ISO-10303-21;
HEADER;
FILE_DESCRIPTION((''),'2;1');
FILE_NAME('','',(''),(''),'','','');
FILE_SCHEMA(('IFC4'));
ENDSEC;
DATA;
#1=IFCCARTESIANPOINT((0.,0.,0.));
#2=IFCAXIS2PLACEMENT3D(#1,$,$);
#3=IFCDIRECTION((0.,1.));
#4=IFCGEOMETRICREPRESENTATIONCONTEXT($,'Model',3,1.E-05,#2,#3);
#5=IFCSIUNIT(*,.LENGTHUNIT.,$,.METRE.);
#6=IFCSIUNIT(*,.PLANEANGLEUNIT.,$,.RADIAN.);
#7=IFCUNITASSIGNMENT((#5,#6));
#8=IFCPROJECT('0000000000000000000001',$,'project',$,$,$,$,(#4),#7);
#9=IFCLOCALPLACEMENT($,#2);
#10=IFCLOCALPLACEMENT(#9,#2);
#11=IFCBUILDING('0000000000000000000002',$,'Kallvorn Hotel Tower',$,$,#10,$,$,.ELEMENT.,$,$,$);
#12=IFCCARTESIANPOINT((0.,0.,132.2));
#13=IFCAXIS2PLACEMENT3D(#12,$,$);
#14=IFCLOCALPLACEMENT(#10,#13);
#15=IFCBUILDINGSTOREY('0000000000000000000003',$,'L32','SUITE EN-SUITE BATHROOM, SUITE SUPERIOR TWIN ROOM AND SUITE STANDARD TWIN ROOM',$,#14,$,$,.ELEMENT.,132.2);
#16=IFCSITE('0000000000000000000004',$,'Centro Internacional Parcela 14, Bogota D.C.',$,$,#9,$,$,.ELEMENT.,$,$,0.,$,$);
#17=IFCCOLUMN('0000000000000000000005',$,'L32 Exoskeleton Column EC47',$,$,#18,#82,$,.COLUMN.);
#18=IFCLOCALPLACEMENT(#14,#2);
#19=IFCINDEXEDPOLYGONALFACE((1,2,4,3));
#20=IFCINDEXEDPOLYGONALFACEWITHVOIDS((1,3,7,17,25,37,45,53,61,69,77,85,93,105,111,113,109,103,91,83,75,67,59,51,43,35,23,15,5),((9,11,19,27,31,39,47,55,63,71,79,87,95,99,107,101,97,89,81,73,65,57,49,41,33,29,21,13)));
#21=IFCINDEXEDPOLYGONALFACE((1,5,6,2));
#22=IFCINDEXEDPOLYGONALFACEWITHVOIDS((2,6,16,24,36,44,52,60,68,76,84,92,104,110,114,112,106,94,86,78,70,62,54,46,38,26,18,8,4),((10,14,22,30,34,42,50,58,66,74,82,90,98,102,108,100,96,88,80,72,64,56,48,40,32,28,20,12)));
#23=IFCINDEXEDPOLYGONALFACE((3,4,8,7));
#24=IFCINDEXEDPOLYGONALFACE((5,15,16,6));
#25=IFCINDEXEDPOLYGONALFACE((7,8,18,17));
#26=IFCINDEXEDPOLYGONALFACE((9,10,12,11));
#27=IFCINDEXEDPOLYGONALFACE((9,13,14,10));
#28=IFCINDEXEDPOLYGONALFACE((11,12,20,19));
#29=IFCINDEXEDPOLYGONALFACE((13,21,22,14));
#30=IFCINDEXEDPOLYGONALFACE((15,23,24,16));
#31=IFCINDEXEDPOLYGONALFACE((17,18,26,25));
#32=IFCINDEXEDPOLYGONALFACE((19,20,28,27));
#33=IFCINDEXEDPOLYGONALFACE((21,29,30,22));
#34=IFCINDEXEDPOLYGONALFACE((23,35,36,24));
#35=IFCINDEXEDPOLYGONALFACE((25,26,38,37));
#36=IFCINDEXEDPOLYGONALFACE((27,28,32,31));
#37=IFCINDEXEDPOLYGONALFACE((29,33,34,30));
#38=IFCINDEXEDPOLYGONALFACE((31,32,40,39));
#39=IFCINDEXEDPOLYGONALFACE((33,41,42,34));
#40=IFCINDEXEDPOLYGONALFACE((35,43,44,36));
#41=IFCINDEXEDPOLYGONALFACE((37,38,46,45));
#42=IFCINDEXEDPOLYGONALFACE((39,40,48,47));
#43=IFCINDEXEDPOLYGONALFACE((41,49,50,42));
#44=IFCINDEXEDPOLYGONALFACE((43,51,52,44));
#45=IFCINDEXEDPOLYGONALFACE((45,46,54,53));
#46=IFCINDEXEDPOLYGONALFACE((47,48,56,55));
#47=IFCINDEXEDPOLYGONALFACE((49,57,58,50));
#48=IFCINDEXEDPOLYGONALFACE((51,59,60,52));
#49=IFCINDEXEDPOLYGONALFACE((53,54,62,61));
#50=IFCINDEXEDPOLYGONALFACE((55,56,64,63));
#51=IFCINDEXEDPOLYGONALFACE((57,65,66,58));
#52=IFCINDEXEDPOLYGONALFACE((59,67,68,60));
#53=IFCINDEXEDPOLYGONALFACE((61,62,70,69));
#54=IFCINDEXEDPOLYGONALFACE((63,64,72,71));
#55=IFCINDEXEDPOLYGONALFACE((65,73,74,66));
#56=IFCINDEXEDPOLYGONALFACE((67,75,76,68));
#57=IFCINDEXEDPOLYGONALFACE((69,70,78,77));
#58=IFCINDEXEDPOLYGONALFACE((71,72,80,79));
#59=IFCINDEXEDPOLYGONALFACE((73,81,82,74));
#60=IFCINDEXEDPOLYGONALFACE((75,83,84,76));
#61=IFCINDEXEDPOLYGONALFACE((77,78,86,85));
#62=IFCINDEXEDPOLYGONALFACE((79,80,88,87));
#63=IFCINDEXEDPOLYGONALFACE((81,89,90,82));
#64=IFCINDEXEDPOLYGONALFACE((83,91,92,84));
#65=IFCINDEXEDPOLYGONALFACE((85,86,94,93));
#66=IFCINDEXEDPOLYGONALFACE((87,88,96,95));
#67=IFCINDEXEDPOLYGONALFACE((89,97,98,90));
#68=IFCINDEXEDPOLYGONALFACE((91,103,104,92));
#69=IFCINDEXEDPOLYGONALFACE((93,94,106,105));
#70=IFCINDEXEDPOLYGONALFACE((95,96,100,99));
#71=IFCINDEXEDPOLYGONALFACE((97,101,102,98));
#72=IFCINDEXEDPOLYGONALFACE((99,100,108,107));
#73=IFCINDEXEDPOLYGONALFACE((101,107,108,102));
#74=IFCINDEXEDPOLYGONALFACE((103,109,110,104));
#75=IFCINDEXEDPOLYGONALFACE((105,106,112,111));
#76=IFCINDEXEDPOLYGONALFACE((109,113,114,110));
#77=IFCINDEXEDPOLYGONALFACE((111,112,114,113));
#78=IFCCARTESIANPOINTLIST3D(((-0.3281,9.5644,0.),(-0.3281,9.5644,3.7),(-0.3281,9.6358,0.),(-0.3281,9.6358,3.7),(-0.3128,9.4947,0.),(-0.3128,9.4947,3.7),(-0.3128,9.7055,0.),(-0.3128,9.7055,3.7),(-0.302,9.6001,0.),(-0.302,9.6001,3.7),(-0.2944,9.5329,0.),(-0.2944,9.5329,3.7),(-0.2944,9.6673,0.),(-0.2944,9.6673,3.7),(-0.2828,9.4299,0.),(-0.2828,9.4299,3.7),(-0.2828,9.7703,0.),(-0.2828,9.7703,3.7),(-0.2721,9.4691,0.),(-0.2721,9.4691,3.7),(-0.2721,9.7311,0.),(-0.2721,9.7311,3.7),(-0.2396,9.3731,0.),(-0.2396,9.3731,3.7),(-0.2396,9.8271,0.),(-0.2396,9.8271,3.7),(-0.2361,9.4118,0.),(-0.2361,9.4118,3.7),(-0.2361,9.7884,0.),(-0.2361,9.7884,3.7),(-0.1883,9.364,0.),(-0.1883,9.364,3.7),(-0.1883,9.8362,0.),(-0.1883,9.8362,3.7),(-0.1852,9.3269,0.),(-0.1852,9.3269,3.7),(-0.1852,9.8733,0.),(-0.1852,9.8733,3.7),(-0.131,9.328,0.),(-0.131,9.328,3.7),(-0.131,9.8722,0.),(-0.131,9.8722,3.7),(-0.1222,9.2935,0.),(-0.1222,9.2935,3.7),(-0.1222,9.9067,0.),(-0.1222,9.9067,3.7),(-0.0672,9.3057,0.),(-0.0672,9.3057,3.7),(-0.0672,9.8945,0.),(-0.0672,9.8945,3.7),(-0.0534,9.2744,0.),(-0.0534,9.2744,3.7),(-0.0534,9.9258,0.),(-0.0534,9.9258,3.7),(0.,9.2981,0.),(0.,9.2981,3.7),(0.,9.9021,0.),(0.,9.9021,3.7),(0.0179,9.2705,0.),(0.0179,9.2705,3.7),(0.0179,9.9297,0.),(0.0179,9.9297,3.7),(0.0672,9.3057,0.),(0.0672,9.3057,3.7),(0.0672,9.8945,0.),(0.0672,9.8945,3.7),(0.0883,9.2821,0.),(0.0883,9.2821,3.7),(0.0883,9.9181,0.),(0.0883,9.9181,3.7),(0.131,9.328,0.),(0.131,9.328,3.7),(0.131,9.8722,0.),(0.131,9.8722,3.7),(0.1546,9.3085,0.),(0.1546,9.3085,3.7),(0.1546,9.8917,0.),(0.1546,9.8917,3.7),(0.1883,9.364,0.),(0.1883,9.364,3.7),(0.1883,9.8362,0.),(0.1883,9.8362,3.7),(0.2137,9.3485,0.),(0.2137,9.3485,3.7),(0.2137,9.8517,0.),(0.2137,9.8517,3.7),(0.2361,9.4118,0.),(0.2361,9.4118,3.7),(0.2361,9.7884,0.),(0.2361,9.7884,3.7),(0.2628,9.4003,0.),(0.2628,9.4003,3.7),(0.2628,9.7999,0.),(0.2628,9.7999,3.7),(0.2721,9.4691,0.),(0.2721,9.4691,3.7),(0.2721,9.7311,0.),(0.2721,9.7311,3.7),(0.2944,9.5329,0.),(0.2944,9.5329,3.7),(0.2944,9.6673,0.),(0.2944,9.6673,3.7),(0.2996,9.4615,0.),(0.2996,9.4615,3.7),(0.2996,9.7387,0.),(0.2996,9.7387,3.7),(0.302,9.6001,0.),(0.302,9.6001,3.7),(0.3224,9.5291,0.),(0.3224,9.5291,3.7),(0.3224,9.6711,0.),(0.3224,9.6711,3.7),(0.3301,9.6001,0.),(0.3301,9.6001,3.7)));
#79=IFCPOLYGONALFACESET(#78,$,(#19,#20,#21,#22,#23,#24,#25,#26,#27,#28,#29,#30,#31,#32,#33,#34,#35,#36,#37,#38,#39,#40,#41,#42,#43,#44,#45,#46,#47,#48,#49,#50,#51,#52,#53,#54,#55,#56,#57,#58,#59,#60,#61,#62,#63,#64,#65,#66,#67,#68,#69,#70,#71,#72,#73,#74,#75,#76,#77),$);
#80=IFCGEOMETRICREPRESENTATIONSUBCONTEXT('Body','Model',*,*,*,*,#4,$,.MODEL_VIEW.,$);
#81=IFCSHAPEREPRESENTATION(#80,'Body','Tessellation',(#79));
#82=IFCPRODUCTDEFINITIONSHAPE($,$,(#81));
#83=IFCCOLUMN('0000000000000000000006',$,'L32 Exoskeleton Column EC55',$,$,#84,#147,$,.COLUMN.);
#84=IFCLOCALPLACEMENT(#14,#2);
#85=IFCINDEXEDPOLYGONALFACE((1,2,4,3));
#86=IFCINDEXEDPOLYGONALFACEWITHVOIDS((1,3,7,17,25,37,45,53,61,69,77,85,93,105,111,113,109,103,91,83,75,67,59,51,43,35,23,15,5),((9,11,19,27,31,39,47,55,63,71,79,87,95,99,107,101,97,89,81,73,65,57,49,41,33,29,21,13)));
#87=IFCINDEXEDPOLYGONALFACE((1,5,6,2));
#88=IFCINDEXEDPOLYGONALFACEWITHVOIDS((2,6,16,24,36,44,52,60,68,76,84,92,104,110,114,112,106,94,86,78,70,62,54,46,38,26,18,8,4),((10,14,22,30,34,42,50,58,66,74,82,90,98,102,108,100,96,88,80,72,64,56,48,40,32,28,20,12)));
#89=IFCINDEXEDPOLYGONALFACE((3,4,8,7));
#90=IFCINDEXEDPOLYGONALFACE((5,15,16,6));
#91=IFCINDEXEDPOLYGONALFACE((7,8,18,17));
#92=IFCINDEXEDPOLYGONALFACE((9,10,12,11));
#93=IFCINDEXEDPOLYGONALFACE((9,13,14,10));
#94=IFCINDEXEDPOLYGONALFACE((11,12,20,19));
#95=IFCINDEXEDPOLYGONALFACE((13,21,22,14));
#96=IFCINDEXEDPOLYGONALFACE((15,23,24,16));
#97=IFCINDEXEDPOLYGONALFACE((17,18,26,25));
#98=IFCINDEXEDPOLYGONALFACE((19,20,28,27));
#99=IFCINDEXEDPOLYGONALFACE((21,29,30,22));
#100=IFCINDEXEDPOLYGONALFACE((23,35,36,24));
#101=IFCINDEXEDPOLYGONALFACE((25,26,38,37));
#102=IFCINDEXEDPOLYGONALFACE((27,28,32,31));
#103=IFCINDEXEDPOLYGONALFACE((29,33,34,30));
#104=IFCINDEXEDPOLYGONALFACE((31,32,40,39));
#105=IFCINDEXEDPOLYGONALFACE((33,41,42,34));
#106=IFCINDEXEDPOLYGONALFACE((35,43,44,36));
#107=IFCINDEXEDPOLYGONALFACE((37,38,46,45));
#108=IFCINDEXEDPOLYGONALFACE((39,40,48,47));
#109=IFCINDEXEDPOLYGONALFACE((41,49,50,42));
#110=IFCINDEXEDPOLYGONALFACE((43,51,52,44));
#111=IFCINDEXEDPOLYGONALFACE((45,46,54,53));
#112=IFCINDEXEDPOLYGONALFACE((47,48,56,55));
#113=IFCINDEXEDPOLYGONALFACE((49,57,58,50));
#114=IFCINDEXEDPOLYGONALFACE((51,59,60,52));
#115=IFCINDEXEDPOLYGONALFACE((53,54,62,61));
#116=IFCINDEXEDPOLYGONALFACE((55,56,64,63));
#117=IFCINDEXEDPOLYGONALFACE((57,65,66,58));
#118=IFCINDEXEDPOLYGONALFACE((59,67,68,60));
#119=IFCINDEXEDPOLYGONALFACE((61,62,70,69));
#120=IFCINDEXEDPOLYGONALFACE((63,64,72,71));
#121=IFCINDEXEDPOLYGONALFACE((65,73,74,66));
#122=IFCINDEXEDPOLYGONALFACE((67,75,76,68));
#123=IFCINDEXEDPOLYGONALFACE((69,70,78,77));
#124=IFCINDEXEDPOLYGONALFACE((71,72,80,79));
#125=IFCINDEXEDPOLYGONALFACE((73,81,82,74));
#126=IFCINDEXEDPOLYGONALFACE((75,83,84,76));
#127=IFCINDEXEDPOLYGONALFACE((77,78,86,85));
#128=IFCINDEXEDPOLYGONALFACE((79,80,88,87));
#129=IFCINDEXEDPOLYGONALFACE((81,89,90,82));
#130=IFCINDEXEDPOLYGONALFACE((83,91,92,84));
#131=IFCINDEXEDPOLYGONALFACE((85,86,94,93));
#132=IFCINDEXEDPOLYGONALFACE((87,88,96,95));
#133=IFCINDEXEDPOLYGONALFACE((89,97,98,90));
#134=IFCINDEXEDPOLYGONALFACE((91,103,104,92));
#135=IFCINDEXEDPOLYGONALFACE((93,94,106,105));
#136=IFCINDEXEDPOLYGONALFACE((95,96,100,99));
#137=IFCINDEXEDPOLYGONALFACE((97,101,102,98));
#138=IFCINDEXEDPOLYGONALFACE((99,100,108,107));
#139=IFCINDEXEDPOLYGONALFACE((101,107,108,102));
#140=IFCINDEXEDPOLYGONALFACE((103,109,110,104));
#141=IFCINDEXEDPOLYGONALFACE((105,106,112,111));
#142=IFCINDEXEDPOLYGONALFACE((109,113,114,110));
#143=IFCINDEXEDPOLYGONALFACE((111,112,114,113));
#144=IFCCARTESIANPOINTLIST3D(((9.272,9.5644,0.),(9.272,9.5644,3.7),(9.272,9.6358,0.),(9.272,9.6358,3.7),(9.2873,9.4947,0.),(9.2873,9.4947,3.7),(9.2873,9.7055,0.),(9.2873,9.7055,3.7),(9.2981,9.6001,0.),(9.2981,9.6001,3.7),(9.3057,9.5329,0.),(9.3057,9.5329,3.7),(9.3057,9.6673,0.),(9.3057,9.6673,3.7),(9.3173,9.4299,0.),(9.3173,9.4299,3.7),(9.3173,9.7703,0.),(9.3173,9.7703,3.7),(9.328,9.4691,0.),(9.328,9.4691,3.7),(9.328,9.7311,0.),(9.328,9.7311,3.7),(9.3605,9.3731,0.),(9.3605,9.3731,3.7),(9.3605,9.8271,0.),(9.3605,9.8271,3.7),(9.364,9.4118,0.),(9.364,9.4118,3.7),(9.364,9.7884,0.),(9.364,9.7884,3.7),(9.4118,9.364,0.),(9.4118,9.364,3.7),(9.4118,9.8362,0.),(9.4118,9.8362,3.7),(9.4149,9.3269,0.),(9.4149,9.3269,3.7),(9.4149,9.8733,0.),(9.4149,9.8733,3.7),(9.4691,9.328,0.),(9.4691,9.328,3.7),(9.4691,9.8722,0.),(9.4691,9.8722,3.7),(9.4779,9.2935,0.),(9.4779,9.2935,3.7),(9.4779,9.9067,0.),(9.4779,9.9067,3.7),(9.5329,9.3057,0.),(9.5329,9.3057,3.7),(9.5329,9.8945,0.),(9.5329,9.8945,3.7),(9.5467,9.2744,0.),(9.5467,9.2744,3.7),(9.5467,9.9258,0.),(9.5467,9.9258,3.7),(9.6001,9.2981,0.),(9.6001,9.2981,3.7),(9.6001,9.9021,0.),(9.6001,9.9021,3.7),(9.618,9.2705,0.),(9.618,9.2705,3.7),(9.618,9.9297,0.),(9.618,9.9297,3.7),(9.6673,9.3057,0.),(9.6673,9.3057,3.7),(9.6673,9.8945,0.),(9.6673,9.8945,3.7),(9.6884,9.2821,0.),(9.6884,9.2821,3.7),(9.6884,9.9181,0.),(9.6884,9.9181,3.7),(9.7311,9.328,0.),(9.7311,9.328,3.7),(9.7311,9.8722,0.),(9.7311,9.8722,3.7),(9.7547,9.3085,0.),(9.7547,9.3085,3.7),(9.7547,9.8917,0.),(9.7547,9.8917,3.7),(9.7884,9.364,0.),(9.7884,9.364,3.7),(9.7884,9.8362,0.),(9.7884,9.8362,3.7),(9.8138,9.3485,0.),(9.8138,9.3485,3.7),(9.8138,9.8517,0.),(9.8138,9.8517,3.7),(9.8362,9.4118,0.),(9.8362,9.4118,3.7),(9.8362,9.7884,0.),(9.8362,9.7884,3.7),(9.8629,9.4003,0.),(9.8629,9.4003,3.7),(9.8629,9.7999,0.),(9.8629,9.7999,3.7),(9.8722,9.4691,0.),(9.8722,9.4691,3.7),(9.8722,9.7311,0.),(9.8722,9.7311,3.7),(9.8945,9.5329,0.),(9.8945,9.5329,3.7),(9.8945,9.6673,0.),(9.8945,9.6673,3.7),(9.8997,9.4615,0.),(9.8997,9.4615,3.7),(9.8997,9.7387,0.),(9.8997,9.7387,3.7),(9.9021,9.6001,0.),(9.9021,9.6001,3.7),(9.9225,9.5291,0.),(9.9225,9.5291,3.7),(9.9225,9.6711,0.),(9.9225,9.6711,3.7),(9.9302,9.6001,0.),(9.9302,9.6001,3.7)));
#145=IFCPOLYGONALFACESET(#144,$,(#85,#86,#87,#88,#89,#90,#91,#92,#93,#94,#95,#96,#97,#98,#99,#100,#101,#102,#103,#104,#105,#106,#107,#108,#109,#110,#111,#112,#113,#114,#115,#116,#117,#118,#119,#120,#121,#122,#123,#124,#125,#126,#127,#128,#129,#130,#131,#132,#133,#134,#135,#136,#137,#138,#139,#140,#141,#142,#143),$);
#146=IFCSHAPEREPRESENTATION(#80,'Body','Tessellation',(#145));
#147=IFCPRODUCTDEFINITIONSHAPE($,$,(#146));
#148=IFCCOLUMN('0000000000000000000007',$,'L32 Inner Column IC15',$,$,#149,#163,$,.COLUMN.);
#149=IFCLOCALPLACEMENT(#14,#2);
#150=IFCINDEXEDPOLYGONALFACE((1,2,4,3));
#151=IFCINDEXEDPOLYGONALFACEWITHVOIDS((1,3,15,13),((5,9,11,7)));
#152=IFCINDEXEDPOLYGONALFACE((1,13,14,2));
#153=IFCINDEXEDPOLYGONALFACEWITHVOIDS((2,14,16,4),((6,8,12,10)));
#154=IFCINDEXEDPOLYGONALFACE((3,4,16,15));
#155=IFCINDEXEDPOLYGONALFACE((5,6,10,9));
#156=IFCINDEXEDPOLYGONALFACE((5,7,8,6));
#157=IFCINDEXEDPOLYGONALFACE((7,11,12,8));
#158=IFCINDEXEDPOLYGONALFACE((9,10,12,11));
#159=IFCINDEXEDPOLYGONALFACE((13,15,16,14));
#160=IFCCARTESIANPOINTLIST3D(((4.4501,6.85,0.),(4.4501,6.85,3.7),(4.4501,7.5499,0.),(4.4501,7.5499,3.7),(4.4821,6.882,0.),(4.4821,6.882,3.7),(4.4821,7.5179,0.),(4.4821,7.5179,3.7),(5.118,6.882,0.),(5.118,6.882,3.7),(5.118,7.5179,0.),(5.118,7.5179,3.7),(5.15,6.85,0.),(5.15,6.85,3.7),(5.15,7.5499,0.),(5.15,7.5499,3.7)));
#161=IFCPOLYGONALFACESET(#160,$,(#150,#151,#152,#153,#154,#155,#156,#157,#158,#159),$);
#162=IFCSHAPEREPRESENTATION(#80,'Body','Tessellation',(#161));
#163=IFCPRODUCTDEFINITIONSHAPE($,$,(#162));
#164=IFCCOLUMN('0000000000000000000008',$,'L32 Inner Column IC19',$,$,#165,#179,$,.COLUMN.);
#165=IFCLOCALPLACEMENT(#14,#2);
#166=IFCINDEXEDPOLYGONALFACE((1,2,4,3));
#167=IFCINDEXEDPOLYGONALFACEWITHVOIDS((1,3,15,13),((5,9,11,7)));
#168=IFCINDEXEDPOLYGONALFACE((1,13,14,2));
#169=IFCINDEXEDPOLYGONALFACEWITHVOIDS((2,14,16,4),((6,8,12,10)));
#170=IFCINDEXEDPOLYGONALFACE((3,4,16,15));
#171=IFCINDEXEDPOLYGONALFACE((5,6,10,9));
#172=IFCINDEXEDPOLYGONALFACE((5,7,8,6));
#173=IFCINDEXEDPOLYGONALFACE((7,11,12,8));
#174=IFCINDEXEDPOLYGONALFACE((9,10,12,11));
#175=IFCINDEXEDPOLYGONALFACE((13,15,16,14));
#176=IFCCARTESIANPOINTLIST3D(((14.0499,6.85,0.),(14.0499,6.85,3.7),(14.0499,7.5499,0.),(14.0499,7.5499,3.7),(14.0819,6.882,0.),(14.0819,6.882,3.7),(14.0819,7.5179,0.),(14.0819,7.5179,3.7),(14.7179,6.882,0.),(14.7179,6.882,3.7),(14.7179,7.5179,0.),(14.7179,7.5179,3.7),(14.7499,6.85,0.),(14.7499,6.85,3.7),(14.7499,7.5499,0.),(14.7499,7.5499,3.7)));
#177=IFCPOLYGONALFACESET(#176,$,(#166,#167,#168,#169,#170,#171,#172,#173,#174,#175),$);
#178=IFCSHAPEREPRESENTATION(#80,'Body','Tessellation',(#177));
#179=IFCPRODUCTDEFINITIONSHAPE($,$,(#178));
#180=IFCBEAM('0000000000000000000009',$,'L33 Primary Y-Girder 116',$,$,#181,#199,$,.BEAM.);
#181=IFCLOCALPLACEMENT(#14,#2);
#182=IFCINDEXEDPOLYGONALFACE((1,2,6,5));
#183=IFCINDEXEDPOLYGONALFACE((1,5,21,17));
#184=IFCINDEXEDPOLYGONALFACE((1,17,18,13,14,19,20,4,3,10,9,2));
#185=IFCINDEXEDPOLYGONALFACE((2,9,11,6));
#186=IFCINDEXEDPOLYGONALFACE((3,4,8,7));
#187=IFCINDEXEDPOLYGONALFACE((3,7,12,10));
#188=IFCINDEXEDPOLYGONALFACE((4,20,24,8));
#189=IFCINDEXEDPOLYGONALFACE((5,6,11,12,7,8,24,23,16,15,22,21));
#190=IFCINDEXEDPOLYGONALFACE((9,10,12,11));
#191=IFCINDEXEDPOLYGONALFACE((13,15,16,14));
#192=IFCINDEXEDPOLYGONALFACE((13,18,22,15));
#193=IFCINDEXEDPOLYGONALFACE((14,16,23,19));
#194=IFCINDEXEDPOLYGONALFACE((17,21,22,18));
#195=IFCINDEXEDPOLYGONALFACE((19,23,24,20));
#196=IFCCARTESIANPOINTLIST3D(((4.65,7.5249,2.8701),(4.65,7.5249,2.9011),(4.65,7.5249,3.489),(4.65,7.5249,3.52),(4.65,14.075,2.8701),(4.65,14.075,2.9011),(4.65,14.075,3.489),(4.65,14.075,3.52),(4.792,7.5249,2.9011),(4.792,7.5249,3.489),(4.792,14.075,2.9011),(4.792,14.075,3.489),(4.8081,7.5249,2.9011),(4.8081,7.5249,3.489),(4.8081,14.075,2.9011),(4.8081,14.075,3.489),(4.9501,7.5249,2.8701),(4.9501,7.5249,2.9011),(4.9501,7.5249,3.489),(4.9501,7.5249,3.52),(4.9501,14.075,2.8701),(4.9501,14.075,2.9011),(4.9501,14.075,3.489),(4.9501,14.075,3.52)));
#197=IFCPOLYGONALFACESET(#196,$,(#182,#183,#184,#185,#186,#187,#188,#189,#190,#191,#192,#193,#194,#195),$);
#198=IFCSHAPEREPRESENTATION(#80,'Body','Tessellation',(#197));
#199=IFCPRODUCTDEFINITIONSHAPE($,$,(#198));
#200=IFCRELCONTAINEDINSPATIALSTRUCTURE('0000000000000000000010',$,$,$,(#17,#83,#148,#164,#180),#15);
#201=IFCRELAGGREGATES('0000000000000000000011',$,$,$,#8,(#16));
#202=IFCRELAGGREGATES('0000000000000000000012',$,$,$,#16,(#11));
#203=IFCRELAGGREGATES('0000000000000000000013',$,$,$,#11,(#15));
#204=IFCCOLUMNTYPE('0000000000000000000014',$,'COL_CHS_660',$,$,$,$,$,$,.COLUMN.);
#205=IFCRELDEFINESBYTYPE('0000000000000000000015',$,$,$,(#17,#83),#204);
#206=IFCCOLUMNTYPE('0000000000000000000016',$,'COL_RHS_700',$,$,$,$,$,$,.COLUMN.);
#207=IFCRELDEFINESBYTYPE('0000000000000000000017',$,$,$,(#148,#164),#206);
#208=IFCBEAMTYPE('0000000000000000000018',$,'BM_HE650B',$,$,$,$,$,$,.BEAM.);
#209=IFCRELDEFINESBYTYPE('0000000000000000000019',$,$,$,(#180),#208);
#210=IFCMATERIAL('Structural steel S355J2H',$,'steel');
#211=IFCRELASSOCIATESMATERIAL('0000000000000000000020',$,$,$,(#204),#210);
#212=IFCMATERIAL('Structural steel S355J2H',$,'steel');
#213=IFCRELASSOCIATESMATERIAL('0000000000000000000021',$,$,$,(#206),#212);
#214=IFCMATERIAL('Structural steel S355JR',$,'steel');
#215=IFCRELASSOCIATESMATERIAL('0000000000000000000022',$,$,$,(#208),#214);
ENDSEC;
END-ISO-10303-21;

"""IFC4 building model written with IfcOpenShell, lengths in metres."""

from ifc_helpers import new_model, si_unit, direction, frame, origin, origin_2d, place, context, subcontext, project, spatial, hollow_rectangle, hollow_circle, i_section, extrude, material, material_profile, profile_set, type_object, element, save


model = new_model("IFC4")

# Units and contexts
model_context = context("Model", 3, precision=1e-05, world=origin(), true_north=direction((0.0, 1.0)))
body_context = subcontext(model_context, "Body", "Model", "MODEL_VIEW")
ifc_project = project(units=[si_unit("LENGTHUNIT", "METRE"), si_unit("PLANEANGLEUNIT", "RADIAN")], contexts=[model_context])

# Site, building, storey
site_placement = place(None, origin())
site = spatial("IfcSite", under=ifc_project, at=site_placement, Name="Centro Internacional Parcela 14, Bogota D.C.", CompositionType="ELEMENT", RefElevation=0.0)
building_placement = place(site_placement, origin())
building = spatial("IfcBuilding", under=site, at=building_placement, Name="Kallvorn Hotel Tower", CompositionType="ELEMENT")
storey_placement = place(building_placement, frame((0.0, 0.0, 132.2)))
storey = spatial("IfcBuildingStorey", under=building, at=storey_placement, Name="L32", Description="SUITE EN-SUITE BATHROOM, SUITE SUPERIOR TWIN ROOM AND SUITE STANDARD TWIN ROOM", CompositionType="ELEMENT", Elevation=132.2)

# Columns
ifc_material_1 = material(Name="Structural steel S355J2H", Category="steel")
ifc_material_profile_1 = material_profile(ifc_material_1, hollow_circle(Radius=0.3301, WallThickness=0.0281, at=origin_2d()), Name="CHS 660x28")
ifc_profile_set_1 = profile_set([ifc_material_profile_1], Name="Structural steel S355J2H")
column_type_1 = type_object("IfcColumnType", Name="COL_CHS_660", PredefinedType="COLUMN", material=ifc_profile_set_1)
for number, where, z_axis, x_axis, name in (
    (1, (0.0, 9.6001, 0.0), (0.0, 0.0, 1.0), (1.0, 0.0, 0.0), "L32 Exoskeleton Column EC47"),
    (2, (9.6001, 9.6001, 0.0), (0.0, 0.0, 1.0), (1.0, 0.0, 0.0), "L32 Exoskeleton Column EC55"),
):
    element("IfcColumn", number, at=place(storey_placement, frame(where, z_axis=z_axis, x_axis=x_axis)), inside=storey, type_object=column_type_1, Name=name, PredefinedType="COLUMN", context=body_context, shape_type="SweptSolid", body=[
        extrude(hollow_circle(Radius=0.3301, WallThickness=0.0281, at=origin_2d()), origin(), (0.0, 0.0, 1.0), 3.7),
    ])
ifc_material_2 = material(Name="Structural steel S355J2H", Category="steel")
ifc_material_profile_2 = material_profile(ifc_material_2, hollow_rectangle(XDim=0.7, YDim=0.7, WallThickness=0.032, at=origin_2d()), Name="RHS 700x700x32")
ifc_profile_set_2 = profile_set([ifc_material_profile_2], Name="Structural steel S355J2H")
column_type_2 = type_object("IfcColumnType", Name="COL_RHS_700", PredefinedType="COLUMN", material=ifc_profile_set_2)
for number, where, z_axis, x_axis, name in (
    (3, (4.8, 7.2, 0.0), (0.0, 0.0, 1.0), (1.0, 0.0, 0.0), "L32 Inner Column IC15"),
    (4, (14.3999, 7.2, 0.0), (0.0, 0.0, 1.0), (1.0, 0.0, 0.0), "L32 Inner Column IC19"),
):
    element("IfcColumn", number, at=place(storey_placement, frame(where, z_axis=z_axis, x_axis=x_axis)), inside=storey, type_object=column_type_2, Name=name, PredefinedType="COLUMN", context=body_context, shape_type="SweptSolid", body=[
        extrude(hollow_rectangle(XDim=0.7, YDim=0.7, WallThickness=0.032, at=origin_2d()), origin(), (0.0, 0.0, 1.0), 3.7),
    ])

# Beam
ifc_material_3 = material(Name="Structural steel S355JR", Category="steel")
ifc_material_profile_3 = material_profile(ifc_material_3, i_section(OverallWidth=0.3, OverallDepth=0.6499, WebThickness=0.0161, FlangeThickness=0.031, at=origin_2d()), Name="HE 650 B")
ifc_profile_set_3 = profile_set([ifc_material_profile_3], Name="Structural steel S355JR")
beam_type_1 = type_object("IfcBeamType", Name="BM_HE650B", PredefinedType="BEAM", material=ifc_profile_set_3)
beam_1_placement = place(storey_placement, frame((4.8, 7.5249, 3.1951), z_axis=(0.0, 1.0, 0.0), x_axis=(-1.0, 0.0, 0.0)))
element("IfcBeam", 5, at=beam_1_placement, inside=storey, type_object=beam_type_1, Name="L33 Primary Y-Girder 116", PredefinedType="BEAM", context=body_context, shape_type="SweptSolid", body=[
    extrude(i_section(OverallWidth=0.3, OverallDepth=0.6499, WebThickness=0.0161, FlangeThickness=0.031, at=origin_2d()), origin(), (0.0, 0.0, 1.0), 6.55),
])

save(model, "model.ifc")
